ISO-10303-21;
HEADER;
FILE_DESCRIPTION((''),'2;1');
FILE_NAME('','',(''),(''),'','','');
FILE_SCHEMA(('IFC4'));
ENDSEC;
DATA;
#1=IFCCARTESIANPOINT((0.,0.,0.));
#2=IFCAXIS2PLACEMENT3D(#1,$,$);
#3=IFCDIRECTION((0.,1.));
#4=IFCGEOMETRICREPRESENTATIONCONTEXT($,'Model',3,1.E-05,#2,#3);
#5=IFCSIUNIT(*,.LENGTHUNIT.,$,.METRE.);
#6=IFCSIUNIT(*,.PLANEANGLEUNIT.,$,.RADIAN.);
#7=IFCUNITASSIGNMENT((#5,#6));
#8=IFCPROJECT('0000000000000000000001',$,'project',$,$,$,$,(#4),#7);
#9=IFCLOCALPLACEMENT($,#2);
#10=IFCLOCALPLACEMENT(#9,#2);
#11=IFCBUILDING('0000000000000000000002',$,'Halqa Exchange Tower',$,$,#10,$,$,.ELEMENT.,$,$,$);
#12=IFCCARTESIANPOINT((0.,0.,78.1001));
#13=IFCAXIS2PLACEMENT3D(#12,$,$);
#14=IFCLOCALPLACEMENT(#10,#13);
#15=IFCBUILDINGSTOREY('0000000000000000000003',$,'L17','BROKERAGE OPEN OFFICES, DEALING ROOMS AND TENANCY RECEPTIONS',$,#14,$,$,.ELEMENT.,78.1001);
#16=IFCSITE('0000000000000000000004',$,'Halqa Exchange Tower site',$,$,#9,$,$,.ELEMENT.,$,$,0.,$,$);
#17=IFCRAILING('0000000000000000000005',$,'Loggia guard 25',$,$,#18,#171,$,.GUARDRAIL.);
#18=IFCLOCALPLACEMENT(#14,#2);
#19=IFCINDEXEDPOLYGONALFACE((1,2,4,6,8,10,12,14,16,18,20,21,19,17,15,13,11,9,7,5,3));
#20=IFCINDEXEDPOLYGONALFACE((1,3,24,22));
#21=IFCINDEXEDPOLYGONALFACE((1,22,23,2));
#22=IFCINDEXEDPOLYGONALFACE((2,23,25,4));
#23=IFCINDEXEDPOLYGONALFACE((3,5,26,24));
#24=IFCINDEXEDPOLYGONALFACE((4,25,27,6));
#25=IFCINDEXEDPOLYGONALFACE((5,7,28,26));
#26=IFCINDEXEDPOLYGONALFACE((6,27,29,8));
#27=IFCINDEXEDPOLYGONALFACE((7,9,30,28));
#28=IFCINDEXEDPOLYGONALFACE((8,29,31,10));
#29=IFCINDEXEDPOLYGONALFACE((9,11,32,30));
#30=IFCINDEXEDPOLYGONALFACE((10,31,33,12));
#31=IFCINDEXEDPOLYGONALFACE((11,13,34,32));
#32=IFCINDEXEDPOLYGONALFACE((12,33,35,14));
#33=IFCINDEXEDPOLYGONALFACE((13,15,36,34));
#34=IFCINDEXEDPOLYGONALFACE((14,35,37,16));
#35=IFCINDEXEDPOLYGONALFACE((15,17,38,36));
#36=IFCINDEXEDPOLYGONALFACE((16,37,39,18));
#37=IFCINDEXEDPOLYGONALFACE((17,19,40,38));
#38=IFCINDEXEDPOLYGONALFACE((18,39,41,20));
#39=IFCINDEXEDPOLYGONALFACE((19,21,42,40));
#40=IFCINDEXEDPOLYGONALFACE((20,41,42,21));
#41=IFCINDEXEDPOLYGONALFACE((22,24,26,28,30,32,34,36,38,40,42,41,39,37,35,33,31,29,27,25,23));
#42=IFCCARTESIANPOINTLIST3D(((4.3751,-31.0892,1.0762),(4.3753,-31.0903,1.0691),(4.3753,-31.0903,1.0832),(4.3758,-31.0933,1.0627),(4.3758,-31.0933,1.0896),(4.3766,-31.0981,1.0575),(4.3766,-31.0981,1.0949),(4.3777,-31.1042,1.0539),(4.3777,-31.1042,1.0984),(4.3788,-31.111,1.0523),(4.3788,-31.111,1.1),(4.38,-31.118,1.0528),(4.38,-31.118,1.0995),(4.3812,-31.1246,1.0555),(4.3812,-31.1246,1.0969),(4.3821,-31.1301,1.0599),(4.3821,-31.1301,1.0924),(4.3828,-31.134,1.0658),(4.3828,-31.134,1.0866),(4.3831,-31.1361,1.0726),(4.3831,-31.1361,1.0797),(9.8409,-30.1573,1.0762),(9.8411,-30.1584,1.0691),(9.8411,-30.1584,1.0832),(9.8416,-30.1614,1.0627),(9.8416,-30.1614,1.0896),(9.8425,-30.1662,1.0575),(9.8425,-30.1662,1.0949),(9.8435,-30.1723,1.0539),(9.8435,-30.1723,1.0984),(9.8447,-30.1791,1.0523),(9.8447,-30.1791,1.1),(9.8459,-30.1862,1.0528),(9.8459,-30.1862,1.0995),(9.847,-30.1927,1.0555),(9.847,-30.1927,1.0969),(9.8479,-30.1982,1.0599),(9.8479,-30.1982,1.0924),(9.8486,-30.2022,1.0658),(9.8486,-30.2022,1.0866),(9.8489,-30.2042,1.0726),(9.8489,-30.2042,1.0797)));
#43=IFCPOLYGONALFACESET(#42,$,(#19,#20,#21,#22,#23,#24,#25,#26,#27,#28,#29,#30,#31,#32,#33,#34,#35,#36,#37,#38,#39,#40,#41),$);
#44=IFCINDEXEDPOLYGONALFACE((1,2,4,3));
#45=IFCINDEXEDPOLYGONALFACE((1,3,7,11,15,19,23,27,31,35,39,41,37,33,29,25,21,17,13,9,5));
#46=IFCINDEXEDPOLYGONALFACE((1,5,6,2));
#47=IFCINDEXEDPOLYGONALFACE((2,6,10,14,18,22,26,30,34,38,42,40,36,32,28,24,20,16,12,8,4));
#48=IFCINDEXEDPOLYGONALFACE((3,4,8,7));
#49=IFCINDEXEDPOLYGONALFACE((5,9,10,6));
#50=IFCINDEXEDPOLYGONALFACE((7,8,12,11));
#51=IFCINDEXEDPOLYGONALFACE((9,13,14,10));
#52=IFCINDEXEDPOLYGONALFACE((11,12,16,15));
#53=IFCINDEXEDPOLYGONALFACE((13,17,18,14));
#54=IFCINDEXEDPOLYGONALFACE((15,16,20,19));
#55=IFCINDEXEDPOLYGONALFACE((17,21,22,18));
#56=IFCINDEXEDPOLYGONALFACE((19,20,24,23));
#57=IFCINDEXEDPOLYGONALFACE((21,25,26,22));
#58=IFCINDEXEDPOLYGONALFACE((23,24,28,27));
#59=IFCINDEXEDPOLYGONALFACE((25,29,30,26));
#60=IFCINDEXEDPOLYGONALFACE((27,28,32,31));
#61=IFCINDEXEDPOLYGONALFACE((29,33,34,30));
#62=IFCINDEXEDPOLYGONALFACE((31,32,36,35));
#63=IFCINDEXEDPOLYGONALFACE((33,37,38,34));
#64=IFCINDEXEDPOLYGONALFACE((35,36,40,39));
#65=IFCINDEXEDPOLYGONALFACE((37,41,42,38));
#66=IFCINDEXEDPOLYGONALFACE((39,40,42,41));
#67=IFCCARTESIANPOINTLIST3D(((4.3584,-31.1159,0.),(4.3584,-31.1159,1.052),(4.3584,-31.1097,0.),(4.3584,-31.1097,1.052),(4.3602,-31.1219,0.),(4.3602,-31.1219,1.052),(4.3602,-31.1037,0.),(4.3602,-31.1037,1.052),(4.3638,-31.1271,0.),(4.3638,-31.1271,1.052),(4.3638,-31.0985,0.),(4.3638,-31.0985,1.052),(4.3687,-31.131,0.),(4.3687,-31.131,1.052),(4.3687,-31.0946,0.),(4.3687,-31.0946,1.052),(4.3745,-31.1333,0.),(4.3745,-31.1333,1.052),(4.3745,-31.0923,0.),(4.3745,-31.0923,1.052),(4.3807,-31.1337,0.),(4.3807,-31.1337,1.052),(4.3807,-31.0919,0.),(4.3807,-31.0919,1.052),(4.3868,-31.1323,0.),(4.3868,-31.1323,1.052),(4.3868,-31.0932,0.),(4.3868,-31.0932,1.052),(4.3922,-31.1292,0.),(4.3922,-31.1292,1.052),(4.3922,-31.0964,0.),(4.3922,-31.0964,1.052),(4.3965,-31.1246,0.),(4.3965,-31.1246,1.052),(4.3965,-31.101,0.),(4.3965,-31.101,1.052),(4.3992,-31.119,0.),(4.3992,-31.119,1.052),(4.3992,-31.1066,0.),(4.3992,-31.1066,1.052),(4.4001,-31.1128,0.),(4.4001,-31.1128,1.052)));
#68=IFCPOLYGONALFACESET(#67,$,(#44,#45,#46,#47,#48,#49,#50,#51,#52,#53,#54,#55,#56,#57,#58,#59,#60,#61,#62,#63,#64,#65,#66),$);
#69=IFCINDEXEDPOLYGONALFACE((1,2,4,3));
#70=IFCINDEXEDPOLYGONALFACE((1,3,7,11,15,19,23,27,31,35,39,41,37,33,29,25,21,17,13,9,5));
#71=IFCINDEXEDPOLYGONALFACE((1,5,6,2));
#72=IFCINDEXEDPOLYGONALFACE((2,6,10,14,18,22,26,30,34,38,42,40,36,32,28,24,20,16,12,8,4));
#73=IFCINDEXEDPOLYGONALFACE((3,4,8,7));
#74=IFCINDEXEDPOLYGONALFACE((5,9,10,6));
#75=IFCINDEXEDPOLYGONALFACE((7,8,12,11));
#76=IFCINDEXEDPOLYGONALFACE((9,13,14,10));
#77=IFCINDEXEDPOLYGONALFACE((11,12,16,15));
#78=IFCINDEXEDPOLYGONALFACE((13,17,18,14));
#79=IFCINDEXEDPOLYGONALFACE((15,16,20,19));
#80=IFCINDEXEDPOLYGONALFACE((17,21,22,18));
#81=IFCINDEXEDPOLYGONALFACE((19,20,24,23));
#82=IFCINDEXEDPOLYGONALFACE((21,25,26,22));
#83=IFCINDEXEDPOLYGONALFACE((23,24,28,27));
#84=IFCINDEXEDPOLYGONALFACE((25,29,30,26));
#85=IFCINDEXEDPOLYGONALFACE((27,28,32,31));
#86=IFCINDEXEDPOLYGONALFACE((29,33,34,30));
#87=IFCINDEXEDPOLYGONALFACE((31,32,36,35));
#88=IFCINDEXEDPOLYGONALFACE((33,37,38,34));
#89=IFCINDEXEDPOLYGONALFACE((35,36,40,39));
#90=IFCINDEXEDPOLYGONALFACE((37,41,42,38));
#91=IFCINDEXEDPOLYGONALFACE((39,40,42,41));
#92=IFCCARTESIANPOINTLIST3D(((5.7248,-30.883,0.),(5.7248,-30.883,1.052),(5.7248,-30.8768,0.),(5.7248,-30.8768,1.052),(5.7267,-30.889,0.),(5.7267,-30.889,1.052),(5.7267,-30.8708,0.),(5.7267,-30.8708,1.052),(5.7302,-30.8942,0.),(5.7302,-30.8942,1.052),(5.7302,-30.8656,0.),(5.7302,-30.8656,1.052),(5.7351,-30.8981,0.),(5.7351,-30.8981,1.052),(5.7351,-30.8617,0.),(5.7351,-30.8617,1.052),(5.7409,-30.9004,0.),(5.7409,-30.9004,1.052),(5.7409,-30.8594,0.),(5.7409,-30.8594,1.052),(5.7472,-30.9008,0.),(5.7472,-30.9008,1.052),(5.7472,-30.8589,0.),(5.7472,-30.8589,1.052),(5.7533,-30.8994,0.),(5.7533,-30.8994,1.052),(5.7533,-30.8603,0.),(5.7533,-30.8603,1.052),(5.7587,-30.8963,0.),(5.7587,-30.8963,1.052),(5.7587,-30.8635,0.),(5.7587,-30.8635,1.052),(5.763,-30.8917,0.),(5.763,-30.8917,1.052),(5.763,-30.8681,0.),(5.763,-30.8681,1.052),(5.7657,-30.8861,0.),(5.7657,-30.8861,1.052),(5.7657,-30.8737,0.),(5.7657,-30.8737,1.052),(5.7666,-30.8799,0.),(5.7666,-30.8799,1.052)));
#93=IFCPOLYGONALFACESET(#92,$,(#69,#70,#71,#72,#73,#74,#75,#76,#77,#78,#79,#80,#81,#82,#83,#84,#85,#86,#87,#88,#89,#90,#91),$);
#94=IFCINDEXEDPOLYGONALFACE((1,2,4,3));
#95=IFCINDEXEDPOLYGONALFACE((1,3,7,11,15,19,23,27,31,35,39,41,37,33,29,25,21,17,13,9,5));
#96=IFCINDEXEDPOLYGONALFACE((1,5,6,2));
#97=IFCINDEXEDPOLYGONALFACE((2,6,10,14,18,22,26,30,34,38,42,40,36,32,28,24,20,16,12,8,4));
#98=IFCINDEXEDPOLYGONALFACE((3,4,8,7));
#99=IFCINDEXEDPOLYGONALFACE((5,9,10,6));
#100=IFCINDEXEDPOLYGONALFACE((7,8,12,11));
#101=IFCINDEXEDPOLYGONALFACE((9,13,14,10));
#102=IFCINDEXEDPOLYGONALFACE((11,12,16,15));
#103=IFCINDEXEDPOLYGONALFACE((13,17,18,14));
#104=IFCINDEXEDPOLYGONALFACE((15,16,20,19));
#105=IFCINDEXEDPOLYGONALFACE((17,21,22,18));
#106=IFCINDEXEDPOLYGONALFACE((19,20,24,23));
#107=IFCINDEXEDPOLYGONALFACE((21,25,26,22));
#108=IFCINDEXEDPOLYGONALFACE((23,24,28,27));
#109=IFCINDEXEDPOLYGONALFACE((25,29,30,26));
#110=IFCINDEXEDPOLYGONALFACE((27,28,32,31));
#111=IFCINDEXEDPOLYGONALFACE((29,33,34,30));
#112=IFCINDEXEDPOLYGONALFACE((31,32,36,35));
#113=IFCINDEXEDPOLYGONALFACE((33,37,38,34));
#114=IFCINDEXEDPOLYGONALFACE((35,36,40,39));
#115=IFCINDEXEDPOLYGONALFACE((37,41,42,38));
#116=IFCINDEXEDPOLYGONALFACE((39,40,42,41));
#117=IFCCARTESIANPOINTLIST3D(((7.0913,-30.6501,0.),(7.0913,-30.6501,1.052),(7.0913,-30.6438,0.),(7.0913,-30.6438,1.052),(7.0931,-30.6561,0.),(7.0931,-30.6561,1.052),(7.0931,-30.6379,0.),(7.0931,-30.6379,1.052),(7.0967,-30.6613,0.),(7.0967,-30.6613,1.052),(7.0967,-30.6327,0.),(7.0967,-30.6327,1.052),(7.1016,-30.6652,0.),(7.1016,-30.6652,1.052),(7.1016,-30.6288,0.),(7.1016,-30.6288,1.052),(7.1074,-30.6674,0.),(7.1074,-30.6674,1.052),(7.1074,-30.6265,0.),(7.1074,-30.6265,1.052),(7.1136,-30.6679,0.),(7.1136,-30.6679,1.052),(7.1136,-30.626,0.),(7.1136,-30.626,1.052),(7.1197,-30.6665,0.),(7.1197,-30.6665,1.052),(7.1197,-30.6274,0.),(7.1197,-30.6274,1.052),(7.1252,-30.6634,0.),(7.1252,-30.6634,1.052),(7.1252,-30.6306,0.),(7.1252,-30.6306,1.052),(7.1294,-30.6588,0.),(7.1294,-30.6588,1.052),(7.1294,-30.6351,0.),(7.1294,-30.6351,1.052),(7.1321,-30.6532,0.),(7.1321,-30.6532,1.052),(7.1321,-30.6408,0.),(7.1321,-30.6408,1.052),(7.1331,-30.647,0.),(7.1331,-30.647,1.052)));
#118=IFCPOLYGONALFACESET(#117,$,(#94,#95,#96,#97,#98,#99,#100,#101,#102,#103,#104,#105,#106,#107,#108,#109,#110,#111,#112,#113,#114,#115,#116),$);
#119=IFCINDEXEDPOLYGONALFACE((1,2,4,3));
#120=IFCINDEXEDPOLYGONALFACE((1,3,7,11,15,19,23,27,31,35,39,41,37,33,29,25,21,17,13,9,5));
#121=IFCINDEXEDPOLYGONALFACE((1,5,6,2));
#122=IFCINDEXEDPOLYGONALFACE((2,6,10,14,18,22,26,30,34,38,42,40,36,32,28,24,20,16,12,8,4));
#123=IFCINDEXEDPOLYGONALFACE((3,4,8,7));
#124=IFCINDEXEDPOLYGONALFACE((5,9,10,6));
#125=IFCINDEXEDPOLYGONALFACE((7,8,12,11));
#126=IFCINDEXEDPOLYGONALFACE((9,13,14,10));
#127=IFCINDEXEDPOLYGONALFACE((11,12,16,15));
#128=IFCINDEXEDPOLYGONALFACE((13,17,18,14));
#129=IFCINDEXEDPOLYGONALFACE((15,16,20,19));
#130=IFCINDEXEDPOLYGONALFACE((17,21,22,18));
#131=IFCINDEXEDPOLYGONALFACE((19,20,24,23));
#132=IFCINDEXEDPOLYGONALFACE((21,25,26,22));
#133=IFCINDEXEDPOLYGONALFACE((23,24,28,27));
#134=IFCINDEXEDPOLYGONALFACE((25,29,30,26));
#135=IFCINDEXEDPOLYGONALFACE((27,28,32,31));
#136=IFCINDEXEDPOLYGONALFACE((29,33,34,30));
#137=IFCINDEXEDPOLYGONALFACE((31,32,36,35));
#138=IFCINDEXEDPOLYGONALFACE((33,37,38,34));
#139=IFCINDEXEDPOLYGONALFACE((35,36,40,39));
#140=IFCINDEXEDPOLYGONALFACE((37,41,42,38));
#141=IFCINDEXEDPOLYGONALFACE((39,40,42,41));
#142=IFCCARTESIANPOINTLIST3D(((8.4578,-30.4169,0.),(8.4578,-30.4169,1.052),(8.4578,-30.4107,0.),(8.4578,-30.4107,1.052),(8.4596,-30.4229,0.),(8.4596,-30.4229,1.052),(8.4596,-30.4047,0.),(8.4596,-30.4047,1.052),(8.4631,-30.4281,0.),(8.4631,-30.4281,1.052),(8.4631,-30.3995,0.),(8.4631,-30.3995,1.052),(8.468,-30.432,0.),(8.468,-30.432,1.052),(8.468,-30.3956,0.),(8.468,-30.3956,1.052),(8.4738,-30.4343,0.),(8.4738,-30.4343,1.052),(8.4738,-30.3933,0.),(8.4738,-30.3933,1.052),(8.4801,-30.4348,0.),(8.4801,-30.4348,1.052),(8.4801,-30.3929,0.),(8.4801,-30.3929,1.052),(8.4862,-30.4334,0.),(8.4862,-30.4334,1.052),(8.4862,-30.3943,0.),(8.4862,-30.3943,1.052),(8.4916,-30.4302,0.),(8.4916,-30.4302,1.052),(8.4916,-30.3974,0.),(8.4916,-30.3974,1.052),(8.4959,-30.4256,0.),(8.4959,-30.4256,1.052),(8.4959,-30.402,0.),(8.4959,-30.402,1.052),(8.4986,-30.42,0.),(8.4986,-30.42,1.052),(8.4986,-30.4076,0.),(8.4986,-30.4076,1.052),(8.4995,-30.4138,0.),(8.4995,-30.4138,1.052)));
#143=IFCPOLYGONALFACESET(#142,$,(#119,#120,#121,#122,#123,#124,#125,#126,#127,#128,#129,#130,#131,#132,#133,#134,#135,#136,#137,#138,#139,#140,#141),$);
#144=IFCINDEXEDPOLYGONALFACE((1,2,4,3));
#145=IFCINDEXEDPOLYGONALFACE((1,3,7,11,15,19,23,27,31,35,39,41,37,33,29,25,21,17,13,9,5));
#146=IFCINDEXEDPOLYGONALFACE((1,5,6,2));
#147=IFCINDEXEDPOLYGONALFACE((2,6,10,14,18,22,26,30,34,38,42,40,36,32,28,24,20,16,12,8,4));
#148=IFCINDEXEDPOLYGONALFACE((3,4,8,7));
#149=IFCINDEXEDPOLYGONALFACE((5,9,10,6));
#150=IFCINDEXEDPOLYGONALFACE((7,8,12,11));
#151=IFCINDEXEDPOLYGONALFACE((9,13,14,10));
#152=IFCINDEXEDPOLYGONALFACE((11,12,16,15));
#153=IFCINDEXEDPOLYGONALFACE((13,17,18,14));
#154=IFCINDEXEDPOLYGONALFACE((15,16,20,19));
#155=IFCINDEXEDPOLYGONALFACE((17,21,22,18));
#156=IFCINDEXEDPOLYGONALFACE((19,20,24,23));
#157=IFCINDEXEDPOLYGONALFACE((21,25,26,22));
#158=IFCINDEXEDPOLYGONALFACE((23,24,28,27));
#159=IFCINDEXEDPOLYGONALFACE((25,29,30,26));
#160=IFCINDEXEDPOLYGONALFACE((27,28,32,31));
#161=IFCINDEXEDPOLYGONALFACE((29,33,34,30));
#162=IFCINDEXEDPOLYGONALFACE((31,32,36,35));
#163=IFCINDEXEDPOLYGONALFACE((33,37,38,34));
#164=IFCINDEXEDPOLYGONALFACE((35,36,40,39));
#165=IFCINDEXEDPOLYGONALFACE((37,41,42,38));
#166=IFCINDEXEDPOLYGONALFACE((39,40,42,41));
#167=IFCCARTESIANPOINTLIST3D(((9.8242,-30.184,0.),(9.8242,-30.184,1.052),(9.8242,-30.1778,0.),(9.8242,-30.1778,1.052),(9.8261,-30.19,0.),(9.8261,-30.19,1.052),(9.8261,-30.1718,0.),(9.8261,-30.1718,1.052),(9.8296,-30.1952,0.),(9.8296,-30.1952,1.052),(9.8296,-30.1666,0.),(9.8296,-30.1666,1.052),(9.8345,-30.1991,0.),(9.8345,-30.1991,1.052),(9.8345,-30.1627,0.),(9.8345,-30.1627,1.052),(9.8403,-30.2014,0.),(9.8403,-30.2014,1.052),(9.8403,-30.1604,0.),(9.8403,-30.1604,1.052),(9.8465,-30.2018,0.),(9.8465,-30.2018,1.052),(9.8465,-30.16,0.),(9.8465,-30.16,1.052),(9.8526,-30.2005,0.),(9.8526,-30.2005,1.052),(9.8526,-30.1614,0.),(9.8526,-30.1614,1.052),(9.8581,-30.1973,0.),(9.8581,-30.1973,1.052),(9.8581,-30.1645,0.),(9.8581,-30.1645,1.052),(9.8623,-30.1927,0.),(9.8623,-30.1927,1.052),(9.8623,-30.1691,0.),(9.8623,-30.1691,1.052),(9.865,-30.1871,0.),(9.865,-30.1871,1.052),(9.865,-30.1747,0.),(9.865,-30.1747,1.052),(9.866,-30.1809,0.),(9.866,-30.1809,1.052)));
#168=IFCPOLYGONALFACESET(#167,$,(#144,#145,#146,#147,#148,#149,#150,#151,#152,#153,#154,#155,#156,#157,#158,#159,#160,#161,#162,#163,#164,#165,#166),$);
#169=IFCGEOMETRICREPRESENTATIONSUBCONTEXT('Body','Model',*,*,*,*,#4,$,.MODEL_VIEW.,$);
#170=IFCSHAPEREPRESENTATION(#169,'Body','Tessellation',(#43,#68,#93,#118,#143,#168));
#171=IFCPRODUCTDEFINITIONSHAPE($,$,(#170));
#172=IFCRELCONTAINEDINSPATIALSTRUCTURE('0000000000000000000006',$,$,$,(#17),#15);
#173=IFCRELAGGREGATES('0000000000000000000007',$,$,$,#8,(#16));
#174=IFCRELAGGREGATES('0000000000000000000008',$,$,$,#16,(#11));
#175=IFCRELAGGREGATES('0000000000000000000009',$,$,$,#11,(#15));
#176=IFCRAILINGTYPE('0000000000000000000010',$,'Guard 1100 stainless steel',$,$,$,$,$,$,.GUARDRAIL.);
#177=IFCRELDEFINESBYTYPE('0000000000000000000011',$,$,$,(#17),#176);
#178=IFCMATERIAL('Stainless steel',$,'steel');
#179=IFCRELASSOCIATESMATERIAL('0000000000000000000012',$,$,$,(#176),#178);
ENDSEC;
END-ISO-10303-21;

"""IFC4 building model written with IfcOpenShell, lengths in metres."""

from ifc_helpers import new_model, si_unit, direction, frame, origin, origin_2d, place, context, subcontext, project, spatial, circle, extrude, material, type_object, element, save


model = new_model("IFC4")

# Units and contexts
model_context = context("Model", 3, precision=1e-05, world=origin(), true_north=direction((0.0, 1.0)))
body_context = subcontext(model_context, "Body", "Model", "MODEL_VIEW")
ifc_project = project(units=[si_unit("LENGTHUNIT", "METRE"), si_unit("PLANEANGLEUNIT", "RADIAN")], contexts=[model_context])

# Site, building, storey
site_placement = place(None, origin())
site = spatial("IfcSite", under=ifc_project, at=site_placement, Name="Halqa Exchange Tower site", CompositionType="ELEMENT", RefElevation=0.0)
building_placement = place(site_placement, origin())
building = spatial("IfcBuilding", under=site, at=building_placement, Name="Halqa Exchange Tower", CompositionType="ELEMENT")
storey_placement = place(building_placement, frame((0.0, 0.0, 78.1001)))
storey = spatial("IfcBuildingStorey", under=building, at=storey_placement, Name="L17", Description="BROKERAGE OPEN OFFICES, DEALING ROOMS AND TENANCY RECEPTIONS", CompositionType="ELEMENT", Elevation=78.1001)

# Railing
ifc_material_1 = material(Name="Stainless steel", Category="steel")
railing_type = type_object("IfcRailingType", Name="Guard 1100 stainless steel", PredefinedType="GUARDRAIL", material=ifc_material_1)
railing_1_placement = place(storey_placement, frame((4.3792, -31.1128, 0.0)))
element("IfcRailing", 1, at=railing_1_placement, inside=storey, type_object=railing_type, Name="Loggia guard 25", PredefinedType="GUARDRAIL", context=body_context, shape_type="SweptSolid", body=[
    extrude(circle(Radius=0.0239, at=origin_2d()), frame((0.0, 0.0, 1.0762), z_axis=(0.985775, 0.168068, 0.0), x_axis=(-0.168068, 0.985775, 0.0)), (0.0, 0.0, 1.0), 5.5447),
    extrude(circle(Radius=0.021, at=origin_2d()), origin(), (0.0, 0.0, 1.0), 1.052),
    extrude(circle(Radius=0.021, at=origin_2d()), frame((1.3665, 0.2329, 0.0)), (0.0, 0.0, 1.0), 1.052),
    extrude(circle(Radius=0.021, at=origin_2d()), frame((2.7329, 0.4658, 0.0)), (0.0, 0.0, 1.0), 1.052),
    extrude(circle(Radius=0.021, at=origin_2d()), frame((4.0994, 0.699, 0.0)), (0.0, 0.0, 1.0), 1.052),
    extrude(circle(Radius=0.021, at=origin_2d()), frame((5.4658, 0.9319, 0.0)), (0.0, 0.0, 1.0), 1.052),
])

save(model, "model.ifc")
